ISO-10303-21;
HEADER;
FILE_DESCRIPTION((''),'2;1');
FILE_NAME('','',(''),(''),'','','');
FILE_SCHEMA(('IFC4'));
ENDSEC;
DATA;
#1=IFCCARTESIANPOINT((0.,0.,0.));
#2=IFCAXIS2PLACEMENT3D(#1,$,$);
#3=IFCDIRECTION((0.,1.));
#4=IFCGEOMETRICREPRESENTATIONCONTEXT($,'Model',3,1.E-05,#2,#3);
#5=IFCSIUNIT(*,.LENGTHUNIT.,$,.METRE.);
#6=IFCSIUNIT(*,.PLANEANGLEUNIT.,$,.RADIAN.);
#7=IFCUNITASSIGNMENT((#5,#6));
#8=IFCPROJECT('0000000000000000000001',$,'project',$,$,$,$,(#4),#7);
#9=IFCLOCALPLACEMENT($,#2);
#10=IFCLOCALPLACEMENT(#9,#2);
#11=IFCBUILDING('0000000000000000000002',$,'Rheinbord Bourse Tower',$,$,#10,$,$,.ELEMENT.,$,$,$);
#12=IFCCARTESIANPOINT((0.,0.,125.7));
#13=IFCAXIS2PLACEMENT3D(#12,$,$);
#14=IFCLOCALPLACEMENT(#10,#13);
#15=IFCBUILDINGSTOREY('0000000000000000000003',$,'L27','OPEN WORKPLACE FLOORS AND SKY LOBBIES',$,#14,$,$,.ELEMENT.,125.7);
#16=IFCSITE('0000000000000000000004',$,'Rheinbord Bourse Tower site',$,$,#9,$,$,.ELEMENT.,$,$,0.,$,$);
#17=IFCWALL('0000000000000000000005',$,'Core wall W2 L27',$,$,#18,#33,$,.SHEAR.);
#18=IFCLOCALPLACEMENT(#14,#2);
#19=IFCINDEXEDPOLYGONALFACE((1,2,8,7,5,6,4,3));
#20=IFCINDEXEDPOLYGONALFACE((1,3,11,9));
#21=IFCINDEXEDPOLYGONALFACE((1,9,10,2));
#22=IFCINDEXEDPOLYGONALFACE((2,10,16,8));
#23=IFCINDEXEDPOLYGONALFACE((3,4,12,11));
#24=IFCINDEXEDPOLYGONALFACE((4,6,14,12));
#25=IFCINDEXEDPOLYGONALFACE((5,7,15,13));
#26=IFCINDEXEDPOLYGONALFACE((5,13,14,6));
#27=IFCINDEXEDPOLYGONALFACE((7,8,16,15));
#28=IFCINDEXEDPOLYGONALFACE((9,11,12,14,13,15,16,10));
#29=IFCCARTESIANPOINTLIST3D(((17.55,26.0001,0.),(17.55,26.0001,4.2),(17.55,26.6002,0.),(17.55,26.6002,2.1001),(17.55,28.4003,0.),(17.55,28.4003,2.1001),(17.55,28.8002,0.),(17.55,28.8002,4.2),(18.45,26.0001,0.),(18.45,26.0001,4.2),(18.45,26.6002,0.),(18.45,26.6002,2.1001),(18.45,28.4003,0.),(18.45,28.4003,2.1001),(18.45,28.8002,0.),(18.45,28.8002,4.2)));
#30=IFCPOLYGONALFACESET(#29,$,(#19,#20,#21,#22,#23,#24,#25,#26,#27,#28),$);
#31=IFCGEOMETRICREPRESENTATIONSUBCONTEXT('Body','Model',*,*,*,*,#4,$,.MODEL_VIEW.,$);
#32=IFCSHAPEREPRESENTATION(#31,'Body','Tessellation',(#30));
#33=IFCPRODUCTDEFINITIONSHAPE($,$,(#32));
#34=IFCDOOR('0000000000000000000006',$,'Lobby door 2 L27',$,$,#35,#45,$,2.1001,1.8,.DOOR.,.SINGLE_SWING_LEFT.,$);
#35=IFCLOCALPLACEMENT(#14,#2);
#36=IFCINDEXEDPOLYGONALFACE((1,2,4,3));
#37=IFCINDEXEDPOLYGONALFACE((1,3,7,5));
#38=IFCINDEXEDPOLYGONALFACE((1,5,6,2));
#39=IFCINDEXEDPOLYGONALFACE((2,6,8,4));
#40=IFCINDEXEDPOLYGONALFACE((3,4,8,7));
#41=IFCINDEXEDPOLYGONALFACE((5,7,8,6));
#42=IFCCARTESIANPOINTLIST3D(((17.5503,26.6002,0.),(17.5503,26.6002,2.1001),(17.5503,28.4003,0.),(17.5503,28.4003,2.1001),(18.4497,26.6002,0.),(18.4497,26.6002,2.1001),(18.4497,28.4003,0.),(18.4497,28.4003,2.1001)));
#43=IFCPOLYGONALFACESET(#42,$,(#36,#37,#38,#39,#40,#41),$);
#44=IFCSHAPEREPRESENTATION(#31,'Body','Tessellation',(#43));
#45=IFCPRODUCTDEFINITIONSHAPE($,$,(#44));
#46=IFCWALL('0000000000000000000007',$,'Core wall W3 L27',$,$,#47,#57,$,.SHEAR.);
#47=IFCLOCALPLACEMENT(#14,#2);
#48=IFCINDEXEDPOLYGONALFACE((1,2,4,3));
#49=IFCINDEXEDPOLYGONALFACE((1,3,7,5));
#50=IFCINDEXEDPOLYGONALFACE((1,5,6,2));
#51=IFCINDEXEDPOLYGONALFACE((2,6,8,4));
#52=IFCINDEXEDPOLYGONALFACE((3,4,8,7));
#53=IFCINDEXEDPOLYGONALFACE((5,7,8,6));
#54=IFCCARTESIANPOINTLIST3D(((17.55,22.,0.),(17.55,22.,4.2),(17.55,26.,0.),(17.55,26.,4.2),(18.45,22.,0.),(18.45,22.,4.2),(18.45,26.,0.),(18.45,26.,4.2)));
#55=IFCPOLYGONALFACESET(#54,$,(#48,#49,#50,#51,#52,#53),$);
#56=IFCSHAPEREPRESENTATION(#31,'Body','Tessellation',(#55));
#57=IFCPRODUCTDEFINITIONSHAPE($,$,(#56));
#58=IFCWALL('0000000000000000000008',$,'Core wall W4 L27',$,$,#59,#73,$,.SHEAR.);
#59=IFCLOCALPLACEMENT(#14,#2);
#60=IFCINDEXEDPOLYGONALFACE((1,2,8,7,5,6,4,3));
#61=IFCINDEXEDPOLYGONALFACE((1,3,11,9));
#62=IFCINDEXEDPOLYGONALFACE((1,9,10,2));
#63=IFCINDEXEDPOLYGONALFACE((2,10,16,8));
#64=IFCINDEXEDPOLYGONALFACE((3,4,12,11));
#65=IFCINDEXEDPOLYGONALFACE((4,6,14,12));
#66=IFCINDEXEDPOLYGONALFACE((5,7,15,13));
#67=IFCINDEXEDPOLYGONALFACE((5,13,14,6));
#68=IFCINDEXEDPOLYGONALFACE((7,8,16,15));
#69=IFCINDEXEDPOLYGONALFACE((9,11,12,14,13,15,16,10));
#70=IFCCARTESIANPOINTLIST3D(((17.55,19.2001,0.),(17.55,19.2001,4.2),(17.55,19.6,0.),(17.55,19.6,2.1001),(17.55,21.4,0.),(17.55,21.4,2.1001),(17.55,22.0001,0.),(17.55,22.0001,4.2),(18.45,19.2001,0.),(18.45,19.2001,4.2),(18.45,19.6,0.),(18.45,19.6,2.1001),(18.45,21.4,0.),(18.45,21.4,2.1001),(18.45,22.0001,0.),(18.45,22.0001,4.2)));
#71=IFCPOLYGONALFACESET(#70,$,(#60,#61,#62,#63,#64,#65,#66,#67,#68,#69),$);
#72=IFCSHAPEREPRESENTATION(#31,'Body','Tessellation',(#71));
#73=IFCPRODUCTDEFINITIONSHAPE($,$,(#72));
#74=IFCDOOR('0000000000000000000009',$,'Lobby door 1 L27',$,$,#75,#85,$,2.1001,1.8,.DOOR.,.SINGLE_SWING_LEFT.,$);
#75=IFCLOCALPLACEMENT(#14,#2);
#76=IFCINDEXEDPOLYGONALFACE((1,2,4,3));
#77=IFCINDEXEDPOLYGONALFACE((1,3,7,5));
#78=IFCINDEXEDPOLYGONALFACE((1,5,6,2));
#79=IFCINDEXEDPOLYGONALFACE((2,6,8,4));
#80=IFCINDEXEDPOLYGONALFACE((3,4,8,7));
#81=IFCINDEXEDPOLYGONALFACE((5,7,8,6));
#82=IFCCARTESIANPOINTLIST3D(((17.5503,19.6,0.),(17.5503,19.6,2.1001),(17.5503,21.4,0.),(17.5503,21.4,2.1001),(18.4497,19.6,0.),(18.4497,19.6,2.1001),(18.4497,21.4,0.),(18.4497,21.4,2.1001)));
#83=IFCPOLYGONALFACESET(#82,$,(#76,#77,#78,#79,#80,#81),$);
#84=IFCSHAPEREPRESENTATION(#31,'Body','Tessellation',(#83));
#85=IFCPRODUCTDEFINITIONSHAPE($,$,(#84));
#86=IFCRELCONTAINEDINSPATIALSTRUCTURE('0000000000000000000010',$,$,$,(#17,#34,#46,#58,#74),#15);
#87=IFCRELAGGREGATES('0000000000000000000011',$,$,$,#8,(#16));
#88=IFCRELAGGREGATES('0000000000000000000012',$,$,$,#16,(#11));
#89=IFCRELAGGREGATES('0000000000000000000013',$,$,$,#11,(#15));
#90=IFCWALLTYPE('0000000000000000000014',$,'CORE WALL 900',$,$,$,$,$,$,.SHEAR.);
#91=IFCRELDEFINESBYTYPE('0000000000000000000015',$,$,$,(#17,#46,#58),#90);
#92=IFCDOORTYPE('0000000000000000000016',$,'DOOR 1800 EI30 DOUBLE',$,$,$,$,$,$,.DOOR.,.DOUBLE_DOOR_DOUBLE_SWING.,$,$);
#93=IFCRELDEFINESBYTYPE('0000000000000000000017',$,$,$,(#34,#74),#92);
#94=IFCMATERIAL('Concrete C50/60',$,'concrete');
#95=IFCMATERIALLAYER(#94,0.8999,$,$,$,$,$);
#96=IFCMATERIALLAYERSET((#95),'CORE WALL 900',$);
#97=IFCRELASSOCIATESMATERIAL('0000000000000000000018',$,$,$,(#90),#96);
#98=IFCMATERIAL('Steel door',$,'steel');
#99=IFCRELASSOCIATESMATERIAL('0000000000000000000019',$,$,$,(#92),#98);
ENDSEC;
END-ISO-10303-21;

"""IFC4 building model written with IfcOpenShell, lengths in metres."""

from ifc_helpers import new_model, si_unit, direction, frame, frame_2d, origin, place, context, subcontext, project, spatial, rectangle, extrude, material, layer, layer_set, type_object, element, fill, save


model = new_model("IFC4")

# Units and contexts
model_context = context("Model", 3, precision=1e-05, world=origin(), true_north=direction((0.0, 1.0)))
body_context = subcontext(model_context, "Body", "Model", "MODEL_VIEW")
ifc_project = project(units=[si_unit("LENGTHUNIT", "METRE"), si_unit("PLANEANGLEUNIT", "RADIAN")], contexts=[model_context])

# Site, building, storey
site_placement = place(None, origin())
site = spatial("IfcSite", under=ifc_project, at=site_placement, Name="Rheinbord Bourse Tower site", CompositionType="ELEMENT", RefElevation=0.0)
building_placement = place(site_placement, origin())
building = spatial("IfcBuilding", under=site, at=building_placement, Name="Rheinbord Bourse Tower", CompositionType="ELEMENT")
storey_placement = place(building_placement, frame((0.0, 0.0, 125.7)))
storey = spatial("IfcBuildingStorey", under=building, at=storey_placement, Name="L27", Description="OPEN WORKPLACE FLOORS AND SKY LOBBIES", CompositionType="ELEMENT", Elevation=125.7)

# Wall, opening, door
ifc_material_1 = material(Name="Concrete C50/60", Category="concrete")
ifc_layer_1 = layer(ifc_material_1, 0.8999)
ifc_layer_set_1 = layer_set([ifc_layer_1], Name="CORE WALL 900")
wall_type_1 = type_object("IfcWallType", Name="CORE WALL 900", PredefinedType="SHEAR", material=ifc_layer_set_1)
wall_1_placement = place(storey_placement, frame((18.0, 28.8, 0.0), z_axis=(0.0, 0.0, 1.0), x_axis=(0.0, -1.0, 0.0)))
wall_1 = element("IfcWall", 1, at=wall_1_placement, inside=storey, type_object=wall_type_1, Name="Core wall W2 L27", PredefinedType="SHEAR", context=body_context, shape_type="SweptSolid", body=[
    extrude(rectangle(XDim=2.8, YDim=0.8999, at=frame_2d((1.3999, 0.0))), origin(), (0.0, 0.0, 1.0), 4.2),
])
opening_1_placement = place(wall_1_placement, frame((0.3999, 0.0, 0.0)))
opening_1 = element("IfcOpeningElement", 2, at=opening_1_placement, cuts=wall_1, PredefinedType="OPENING", context=body_context, shape_type="SweptSolid", body=[
    extrude(rectangle(XDim=1.8, YDim=2.1001, at=frame_2d((0.8999, 1.05))), frame((0.0, 0.46, 0.0), z_axis=(0.0, -1.0, 0.0), x_axis=(1.0, 0.0, 0.0)), (0.0, 0.0, 1.0), 0.9199),
])
ifc_material_2 = material(Name="Steel door", Category="steel")
door_type_1 = type_object("IfcDoorType", Name="DOOR 1800 EI30 DOUBLE", OperationType="DOUBLE_DOOR_DOUBLE_SWING", PredefinedType="DOOR", material=ifc_material_2)
door_1_placement = place(opening_1_placement, origin())
door_1 = element("IfcDoor", 3, at=door_1_placement, inside=storey, type_object=door_type_1, Name="Lobby door 2 L27", OperationType="SINGLE_SWING_LEFT", OverallHeight=2.1001, OverallWidth=1.8, PredefinedType="DOOR", context=body_context, shape_type="SweptSolid", body=[
    extrude(rectangle(XDim=1.8, YDim=2.1001, at=frame_2d((0.8999, 1.05))), frame((0.0, 0.4497, 0.0), z_axis=(0.0, -1.0, 0.0), x_axis=(1.0, 0.0, 0.0)), (0.0, 0.0, 1.0), 0.8994),
])
fill(opening_1, door_1)

# Wall
wall_2_placement = place(storey_placement, frame((18.0, 26.0, 0.0), z_axis=(0.0, 0.0, 1.0), x_axis=(0.0, -1.0, 0.0)))
element("IfcWall", 4, at=wall_2_placement, inside=storey, type_object=wall_type_1, Name="Core wall W3 L27", PredefinedType="SHEAR", context=body_context, shape_type="SweptSolid", body=[
    extrude(rectangle(XDim=4.0, YDim=0.8999, at=frame_2d((2.0, 0.0))), origin(), (0.0, 0.0, 1.0), 4.2),
])

# Wall, opening, door
wall_3_placement = place(storey_placement, frame((18.0, 22.0, 0.0), z_axis=(0.0, 0.0, 1.0), x_axis=(0.0, -1.0, 0.0)))
wall_3 = element("IfcWall", 5, at=wall_3_placement, inside=storey, type_object=wall_type_1, Name="Core wall W4 L27", PredefinedType="SHEAR", context=body_context, shape_type="SweptSolid", body=[
    extrude(rectangle(XDim=2.8, YDim=0.8999, at=frame_2d((1.3999, 0.0))), origin(), (0.0, 0.0, 1.0), 4.2),
])
opening_2_placement = place(wall_3_placement, frame((0.6001, 0.0, 0.0)))
opening_2 = element("IfcOpeningElement", 6, at=opening_2_placement, cuts=wall_3, PredefinedType="OPENING", context=body_context, shape_type="SweptSolid", body=[
    extrude(rectangle(XDim=1.8, YDim=2.1001, at=frame_2d((0.8999, 1.05))), frame((0.0, 0.46, 0.0), z_axis=(0.0, -1.0, 0.0), x_axis=(1.0, 0.0, 0.0)), (0.0, 0.0, 1.0), 0.9199),
])
door_2_placement = place(opening_2_placement, origin())
door_2 = element("IfcDoor", 7, at=door_2_placement, inside=storey, type_object=door_type_1, Name="Lobby door 1 L27", OperationType="SINGLE_SWING_LEFT", OverallHeight=2.1001, OverallWidth=1.8, PredefinedType="DOOR", context=body_context, shape_type="SweptSolid", body=[
    extrude(rectangle(XDim=1.8, YDim=2.1001, at=frame_2d((0.8999, 1.05))), frame((0.0, 0.4497, 0.0), z_axis=(0.0, -1.0, 0.0), x_axis=(1.0, 0.0, 0.0)), (0.0, 0.0, 1.0), 0.8994),
])
fill(opening_2, door_2)

save(model, "model.ifc")
